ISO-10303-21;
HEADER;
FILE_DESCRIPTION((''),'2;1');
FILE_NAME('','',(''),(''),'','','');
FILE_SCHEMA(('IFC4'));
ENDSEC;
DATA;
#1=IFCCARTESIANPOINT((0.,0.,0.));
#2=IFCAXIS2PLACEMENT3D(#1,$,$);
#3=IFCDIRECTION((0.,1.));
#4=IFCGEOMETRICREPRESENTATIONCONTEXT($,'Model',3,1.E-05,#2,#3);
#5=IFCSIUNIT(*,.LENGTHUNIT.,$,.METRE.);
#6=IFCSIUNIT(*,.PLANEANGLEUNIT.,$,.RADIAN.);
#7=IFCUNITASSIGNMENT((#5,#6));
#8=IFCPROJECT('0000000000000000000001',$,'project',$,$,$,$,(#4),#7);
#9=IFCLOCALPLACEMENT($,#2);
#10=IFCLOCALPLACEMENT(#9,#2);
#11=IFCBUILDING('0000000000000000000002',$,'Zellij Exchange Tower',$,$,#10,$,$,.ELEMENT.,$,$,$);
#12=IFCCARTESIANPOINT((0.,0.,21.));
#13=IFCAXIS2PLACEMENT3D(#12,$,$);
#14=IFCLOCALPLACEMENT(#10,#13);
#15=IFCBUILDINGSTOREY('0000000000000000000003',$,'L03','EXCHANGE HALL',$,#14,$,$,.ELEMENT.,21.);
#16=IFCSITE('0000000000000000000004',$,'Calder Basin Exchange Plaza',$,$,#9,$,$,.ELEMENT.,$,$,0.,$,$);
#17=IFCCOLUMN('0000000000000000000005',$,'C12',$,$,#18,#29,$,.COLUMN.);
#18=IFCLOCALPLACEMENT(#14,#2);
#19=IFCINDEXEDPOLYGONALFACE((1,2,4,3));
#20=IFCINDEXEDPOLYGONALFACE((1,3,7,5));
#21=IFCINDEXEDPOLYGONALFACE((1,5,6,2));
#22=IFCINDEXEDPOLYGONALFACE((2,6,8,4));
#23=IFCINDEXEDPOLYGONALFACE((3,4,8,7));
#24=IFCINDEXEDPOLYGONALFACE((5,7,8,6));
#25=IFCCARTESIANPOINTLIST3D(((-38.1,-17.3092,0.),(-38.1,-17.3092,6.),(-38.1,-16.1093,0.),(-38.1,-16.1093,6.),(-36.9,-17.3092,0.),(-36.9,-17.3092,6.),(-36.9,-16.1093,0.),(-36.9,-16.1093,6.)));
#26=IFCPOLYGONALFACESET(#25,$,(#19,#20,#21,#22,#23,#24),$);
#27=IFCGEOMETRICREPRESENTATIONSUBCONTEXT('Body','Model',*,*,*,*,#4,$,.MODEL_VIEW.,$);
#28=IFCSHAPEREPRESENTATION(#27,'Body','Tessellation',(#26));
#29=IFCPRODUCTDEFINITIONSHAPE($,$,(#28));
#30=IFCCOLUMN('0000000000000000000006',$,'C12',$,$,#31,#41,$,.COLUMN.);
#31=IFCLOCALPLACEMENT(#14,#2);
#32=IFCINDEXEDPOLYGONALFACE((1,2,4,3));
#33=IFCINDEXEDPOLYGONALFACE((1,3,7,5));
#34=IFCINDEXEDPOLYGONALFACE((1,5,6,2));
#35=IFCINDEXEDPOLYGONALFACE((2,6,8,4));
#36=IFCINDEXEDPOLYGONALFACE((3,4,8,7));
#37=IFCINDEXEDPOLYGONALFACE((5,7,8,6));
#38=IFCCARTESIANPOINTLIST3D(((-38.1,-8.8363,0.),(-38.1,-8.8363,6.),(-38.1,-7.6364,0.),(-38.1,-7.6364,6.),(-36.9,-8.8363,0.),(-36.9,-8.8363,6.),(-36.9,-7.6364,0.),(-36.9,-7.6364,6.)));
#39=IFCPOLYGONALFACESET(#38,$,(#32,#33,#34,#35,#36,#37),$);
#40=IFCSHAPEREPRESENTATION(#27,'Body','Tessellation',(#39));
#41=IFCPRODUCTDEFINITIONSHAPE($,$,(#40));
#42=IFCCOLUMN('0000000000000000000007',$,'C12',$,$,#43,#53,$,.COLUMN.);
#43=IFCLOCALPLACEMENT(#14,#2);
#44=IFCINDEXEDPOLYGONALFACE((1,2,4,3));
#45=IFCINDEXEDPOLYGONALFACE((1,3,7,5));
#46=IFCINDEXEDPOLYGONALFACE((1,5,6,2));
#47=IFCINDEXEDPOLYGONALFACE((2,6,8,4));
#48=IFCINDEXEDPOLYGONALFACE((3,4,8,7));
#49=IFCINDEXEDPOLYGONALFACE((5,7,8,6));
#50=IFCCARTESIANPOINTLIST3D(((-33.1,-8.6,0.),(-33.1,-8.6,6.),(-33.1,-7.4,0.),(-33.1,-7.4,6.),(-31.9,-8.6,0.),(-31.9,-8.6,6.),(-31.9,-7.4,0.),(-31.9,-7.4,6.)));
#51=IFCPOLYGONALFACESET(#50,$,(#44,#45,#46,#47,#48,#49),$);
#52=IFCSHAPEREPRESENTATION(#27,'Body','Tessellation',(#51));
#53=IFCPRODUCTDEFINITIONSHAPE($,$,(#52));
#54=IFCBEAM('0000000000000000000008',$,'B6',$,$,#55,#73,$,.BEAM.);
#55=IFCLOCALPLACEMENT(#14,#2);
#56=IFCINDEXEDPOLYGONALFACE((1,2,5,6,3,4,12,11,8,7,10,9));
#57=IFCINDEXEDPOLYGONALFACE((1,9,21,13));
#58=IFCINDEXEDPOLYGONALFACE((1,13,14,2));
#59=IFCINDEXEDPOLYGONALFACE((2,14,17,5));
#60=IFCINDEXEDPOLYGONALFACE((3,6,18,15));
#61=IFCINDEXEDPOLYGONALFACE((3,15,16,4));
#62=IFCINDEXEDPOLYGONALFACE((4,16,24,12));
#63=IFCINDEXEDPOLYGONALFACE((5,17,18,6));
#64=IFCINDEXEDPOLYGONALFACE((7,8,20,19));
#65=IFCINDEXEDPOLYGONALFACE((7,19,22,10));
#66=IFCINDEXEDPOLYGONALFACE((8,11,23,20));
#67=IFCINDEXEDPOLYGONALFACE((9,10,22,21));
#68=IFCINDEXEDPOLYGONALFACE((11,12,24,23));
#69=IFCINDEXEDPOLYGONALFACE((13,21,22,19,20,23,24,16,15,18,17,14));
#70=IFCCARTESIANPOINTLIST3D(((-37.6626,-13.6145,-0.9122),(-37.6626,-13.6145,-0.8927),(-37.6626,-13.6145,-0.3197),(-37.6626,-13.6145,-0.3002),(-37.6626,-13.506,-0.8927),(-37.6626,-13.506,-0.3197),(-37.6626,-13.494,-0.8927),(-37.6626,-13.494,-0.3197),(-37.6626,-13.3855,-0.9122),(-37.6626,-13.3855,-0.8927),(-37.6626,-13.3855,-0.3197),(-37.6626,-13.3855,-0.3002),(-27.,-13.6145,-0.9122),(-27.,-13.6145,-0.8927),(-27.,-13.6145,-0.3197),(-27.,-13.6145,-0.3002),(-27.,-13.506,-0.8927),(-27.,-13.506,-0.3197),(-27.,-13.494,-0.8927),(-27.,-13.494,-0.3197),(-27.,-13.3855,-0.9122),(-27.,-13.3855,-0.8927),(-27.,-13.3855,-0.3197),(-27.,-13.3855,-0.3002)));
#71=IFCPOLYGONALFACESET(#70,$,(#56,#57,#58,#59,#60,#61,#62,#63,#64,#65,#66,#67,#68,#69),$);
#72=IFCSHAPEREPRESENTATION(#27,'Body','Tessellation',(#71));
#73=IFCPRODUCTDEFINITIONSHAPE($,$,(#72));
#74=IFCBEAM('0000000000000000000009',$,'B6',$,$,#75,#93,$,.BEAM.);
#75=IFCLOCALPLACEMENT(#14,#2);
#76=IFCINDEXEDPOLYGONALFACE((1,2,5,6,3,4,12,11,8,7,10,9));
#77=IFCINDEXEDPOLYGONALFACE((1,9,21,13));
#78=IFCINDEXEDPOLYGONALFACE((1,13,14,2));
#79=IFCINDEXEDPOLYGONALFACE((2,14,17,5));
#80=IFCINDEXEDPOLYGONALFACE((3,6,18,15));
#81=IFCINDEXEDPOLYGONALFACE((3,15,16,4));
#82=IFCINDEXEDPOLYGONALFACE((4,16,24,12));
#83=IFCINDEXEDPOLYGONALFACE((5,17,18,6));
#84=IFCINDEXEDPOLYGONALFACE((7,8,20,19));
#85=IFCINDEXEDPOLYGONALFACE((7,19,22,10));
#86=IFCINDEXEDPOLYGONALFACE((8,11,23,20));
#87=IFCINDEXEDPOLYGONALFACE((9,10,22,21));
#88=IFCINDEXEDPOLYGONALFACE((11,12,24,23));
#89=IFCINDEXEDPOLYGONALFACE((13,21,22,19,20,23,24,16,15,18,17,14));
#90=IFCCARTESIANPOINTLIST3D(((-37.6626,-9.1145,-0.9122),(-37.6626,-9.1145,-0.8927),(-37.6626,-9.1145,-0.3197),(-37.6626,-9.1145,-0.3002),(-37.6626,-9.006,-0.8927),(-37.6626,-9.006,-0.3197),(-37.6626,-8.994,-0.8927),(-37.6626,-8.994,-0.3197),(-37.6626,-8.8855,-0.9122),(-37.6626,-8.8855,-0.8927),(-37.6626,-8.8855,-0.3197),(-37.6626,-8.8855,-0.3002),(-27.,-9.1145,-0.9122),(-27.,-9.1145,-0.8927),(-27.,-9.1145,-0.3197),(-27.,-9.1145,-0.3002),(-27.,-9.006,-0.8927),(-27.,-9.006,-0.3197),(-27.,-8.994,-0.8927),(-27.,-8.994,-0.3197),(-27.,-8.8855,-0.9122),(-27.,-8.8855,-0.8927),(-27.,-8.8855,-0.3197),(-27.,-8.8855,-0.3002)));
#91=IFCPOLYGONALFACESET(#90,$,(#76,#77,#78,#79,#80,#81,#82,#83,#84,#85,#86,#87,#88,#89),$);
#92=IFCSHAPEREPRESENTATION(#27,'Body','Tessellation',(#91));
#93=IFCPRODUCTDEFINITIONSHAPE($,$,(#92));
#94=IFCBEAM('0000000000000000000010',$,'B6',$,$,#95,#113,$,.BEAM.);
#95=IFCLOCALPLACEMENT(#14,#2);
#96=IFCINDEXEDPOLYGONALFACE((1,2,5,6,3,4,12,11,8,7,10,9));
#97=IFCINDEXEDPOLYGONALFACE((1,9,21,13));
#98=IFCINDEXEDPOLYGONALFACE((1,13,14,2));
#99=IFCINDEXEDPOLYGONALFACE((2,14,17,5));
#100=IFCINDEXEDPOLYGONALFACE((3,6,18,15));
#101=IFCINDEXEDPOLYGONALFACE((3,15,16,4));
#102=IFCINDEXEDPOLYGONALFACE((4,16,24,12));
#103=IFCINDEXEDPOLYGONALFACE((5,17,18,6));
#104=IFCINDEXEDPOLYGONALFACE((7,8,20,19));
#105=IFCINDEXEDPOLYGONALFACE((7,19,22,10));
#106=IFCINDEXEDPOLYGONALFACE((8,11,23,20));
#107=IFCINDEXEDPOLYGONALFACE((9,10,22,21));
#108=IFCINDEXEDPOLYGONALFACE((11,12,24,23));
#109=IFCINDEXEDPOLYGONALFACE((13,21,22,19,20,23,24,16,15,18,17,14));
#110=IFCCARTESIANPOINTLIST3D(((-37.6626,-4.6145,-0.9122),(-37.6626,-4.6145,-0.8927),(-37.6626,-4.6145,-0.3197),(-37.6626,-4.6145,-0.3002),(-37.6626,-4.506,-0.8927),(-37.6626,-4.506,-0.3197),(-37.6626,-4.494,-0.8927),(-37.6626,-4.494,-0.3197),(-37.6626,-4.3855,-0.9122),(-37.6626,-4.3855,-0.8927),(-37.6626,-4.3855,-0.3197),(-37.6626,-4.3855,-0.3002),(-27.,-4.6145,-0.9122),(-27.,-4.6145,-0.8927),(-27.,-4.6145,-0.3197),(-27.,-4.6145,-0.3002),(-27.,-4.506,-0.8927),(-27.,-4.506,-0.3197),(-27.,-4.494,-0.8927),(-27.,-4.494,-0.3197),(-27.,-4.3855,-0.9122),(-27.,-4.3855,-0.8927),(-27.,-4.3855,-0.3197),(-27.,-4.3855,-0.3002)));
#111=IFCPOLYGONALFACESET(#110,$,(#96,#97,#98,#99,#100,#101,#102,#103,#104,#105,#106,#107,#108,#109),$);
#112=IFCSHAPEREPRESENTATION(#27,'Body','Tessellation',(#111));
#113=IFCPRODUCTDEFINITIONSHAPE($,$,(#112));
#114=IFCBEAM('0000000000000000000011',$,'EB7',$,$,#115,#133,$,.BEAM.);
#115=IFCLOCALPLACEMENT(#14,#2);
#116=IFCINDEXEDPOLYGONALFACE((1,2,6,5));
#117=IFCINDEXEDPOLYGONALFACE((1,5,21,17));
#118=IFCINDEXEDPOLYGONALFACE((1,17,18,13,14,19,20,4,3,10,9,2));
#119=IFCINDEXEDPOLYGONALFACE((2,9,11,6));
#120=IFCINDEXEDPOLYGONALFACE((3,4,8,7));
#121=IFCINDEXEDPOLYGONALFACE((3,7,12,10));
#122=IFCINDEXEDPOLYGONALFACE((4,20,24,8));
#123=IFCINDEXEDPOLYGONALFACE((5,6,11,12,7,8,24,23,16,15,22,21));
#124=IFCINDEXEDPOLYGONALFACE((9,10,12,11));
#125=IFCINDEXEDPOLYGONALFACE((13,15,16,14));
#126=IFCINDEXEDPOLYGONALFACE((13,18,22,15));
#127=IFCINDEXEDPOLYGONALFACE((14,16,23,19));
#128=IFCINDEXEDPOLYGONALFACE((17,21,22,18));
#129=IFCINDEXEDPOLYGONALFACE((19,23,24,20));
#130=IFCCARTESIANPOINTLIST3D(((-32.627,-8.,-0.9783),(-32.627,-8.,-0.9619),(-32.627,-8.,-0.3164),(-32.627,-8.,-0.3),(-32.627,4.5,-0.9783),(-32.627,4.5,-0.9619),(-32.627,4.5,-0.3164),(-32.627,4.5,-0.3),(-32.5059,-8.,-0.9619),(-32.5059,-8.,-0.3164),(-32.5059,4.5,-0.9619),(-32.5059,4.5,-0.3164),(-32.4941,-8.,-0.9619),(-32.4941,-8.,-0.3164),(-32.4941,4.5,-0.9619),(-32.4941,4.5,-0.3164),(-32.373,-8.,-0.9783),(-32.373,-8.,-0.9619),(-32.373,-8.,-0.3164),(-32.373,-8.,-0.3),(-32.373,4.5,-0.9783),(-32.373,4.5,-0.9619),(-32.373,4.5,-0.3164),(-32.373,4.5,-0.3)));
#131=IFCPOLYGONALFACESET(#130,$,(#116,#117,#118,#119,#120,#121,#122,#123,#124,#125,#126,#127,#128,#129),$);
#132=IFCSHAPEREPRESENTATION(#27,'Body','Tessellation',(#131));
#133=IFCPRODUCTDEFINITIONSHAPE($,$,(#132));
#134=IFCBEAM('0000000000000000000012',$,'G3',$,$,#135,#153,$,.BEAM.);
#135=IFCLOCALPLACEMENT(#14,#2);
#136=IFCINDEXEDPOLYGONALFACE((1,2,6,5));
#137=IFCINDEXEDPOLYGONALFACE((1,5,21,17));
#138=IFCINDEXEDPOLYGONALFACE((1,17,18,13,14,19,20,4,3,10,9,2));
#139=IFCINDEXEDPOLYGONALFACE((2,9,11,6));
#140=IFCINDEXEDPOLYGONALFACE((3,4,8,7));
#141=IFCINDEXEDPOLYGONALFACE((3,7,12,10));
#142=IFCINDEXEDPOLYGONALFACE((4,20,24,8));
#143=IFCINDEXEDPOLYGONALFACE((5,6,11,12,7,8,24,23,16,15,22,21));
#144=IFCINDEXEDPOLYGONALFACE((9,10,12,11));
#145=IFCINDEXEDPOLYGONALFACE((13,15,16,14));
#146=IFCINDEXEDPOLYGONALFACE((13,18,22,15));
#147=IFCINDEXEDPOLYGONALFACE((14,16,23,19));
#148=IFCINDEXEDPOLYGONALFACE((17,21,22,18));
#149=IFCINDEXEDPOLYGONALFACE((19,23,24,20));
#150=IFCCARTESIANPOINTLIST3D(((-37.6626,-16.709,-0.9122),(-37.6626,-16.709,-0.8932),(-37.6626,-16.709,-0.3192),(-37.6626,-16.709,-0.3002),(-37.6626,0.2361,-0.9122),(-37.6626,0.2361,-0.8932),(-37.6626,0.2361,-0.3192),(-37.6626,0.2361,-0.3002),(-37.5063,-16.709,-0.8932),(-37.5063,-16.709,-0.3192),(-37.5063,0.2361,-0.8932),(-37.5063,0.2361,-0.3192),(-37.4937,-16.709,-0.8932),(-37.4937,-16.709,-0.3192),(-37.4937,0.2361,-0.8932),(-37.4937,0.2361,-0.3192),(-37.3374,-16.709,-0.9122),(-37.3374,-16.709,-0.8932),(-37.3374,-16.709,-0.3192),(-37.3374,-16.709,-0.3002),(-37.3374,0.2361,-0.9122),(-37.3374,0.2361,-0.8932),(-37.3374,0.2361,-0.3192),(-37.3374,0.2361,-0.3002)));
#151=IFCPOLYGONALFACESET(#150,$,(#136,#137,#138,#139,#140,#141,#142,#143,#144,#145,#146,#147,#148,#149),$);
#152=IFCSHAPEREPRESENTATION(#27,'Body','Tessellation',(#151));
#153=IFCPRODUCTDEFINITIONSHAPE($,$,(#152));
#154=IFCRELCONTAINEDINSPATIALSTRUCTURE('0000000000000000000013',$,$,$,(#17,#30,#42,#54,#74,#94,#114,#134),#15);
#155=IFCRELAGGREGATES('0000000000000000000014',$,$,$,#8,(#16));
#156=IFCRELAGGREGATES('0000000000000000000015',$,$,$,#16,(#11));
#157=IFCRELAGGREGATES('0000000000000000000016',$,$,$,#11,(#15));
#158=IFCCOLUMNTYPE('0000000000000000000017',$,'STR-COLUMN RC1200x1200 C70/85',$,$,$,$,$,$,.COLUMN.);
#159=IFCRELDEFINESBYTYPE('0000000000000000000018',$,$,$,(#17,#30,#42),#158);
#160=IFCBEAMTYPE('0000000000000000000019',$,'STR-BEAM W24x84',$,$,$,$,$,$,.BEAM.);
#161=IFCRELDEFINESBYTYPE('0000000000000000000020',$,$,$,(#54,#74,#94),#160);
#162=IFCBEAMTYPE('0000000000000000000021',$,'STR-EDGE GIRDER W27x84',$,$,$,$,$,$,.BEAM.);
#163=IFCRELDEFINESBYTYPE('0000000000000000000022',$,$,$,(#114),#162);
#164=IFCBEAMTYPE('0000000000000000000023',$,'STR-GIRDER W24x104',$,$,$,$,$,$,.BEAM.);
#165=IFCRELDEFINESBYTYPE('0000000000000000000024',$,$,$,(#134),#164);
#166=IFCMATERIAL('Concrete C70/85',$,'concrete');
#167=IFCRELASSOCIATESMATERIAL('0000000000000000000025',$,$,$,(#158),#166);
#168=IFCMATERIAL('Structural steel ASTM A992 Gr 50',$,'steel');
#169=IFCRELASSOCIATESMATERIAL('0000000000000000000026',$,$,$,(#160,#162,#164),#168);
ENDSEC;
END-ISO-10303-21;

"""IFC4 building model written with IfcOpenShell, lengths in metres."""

from ifc_helpers import new_model, si_unit, direction, frame, origin, origin_2d, place, context, subcontext, project, spatial, rectangle, i_section, extrude, material, material_profile, profile_set, type_object, element, save


model = new_model("IFC4")

# Units and contexts
model_context = context("Model", 3, precision=1e-05, world=origin(), true_north=direction((0.0, 1.0)))
body_context = subcontext(model_context, "Body", "Model", "MODEL_VIEW")
ifc_project = project(units=[si_unit("LENGTHUNIT", "METRE"), si_unit("PLANEANGLEUNIT", "RADIAN")], contexts=[model_context])

# Site, building, storey
site_placement = place(None, origin())
site = spatial("IfcSite", under=ifc_project, at=site_placement, Name="Calder Basin Exchange Plaza", CompositionType="ELEMENT", RefElevation=0.0)
building_placement = place(site_placement, origin())
building = spatial("IfcBuilding", under=site, at=building_placement, Name="Zellij Exchange Tower", CompositionType="ELEMENT")
storey_placement = place(building_placement, frame((0.0, 0.0, 21.0)))
storey = spatial("IfcBuildingStorey", under=building, at=storey_placement, Name="L03", Description="EXCHANGE HALL", CompositionType="ELEMENT", Elevation=21.0)

# Columns
ifc_material_1 = material(Name="Concrete C70/85", Category="concrete")
ifc_material_profile_1 = material_profile(ifc_material_1, rectangle(XDim=1.2, YDim=1.2, at=origin_2d()), Name="STR-COLUMN RC1200x1200 C70/85")
ifc_profile_set_1 = profile_set([ifc_material_profile_1], Name="Concrete C70/85")
column_type = type_object("IfcColumnType", Name="STR-COLUMN RC1200x1200 C70/85", PredefinedType="COLUMN", material=ifc_profile_set_1)
for number, where, z_axis, x_axis, name in (
    (1, (-37.5, -16.7092, 0.0), (0.0, 0.0, 1.0), (1.0, 0.0, 0.0), "C12"),
    (2, (-37.5, -8.2363, 0.0), (0.0, 0.0, 1.0), (1.0, 0.0, 0.0), "C12"),
    (3, (-32.5, -8.0, 0.0), (0.0, 0.0, 1.0), (1.0, 0.0, 0.0), "C12"),
):
    element("IfcColumn", number, at=place(storey_placement, frame(where, z_axis=z_axis, x_axis=x_axis)), inside=storey, type_object=column_type, Name=name, PredefinedType="COLUMN", context=body_context, shape_type="SweptSolid", body=[
        extrude(rectangle(XDim=1.2, YDim=1.2, at=origin_2d()), origin(), (0.0, 0.0, 1.0), 6.0),
    ])

# Beams
ifc_material_2 = material(Name="Structural steel ASTM A992 Gr 50", Category="steel")
ifc_material_profile_2 = material_profile(ifc_material_2, i_section(OverallWidth=0.229, OverallDepth=0.6121, WebThickness=0.012, FlangeThickness=0.0195, at=origin_2d()), Name="W24x84")
ifc_profile_set_2 = profile_set([ifc_material_profile_2], Name="Structural steel ASTM A992 Gr 50")
beam_type_1 = type_object("IfcBeamType", Name="STR-BEAM W24x84", PredefinedType="BEAM", material=ifc_profile_set_2)
for number, where, z_axis, x_axis, name in (
    (4, (-37.6626, -13.5, -0.6062), (1.0, 0.0, 0.0), (0.0, 1.0, 0.0), "B6"),
    (5, (-37.6626, -9.0, -0.6062), (1.0, 0.0, 0.0), (0.0, 1.0, 0.0), "B6"),
    (6, (-37.6626, -4.5, -0.6062), (1.0, 0.0, 0.0), (0.0, 1.0, 0.0), "B6"),
):
    element("IfcBeam", number, at=place(storey_placement, frame(where, z_axis=z_axis, x_axis=x_axis)), inside=storey, type_object=beam_type_1, Name=name, PredefinedType="BEAM", context=body_context, shape_type="SweptSolid", body=[
        extrude(i_section(OverallWidth=0.229, OverallDepth=0.6121, WebThickness=0.012, FlangeThickness=0.0195, at=origin_2d()), origin(), (0.0, 0.0, 1.0), 10.6626),
    ])
ifc_material_profile_3 = material_profile(ifc_material_2, i_section(OverallWidth=0.2539, OverallDepth=0.6782, WebThickness=0.0117, FlangeThickness=0.0164, at=origin_2d()), Name="W27x84")
ifc_profile_set_3 = profile_set([ifc_material_profile_3], Name="Structural steel ASTM A992 Gr 50")
beam_type_2 = type_object("IfcBeamType", Name="STR-EDGE GIRDER W27x84", PredefinedType="BEAM", material=ifc_profile_set_3)
beam_1_placement = place(storey_placement, frame((-32.5, -8.0, -0.6392), z_axis=(0.0, 1.0, 0.0), x_axis=(-1.0, 0.0, 0.0)))
element("IfcBeam", 7, at=beam_1_placement, inside=storey, type_object=beam_type_2, Name="EB7", PredefinedType="BEAM", context=body_context, shape_type="SweptSolid", body=[
    extrude(i_section(OverallWidth=0.2539, OverallDepth=0.6782, WebThickness=0.0117, FlangeThickness=0.0164, at=origin_2d()), origin(), (0.0, 0.0, 1.0), 12.5),
])
ifc_material_profile_4 = material_profile(ifc_material_2, i_section(OverallWidth=0.3252, OverallDepth=0.6121, WebThickness=0.0127, FlangeThickness=0.019, at=origin_2d()), Name="W24x104")
ifc_profile_set_4 = profile_set([ifc_material_profile_4], Name="Structural steel ASTM A992 Gr 50")
beam_type_3 = type_object("IfcBeamType", Name="STR-GIRDER W24x104", PredefinedType="BEAM", material=ifc_profile_set_4)
beam_2_placement = place(storey_placement, frame((-37.5, -16.709, -0.6062), z_axis=(0.0, 1.0, 0.0), x_axis=(-1.0, 0.0, 0.0)))
element("IfcBeam", 8, at=beam_2_placement, inside=storey, type_object=beam_type_3, Name="G3", PredefinedType="BEAM", context=body_context, shape_type="SweptSolid", body=[
    extrude(i_section(OverallWidth=0.3252, OverallDepth=0.6121, WebThickness=0.0127, FlangeThickness=0.019, at=origin_2d()), origin(), (0.0, 0.0, 1.0), 16.9451),
])

save(model, "model.ifc")
